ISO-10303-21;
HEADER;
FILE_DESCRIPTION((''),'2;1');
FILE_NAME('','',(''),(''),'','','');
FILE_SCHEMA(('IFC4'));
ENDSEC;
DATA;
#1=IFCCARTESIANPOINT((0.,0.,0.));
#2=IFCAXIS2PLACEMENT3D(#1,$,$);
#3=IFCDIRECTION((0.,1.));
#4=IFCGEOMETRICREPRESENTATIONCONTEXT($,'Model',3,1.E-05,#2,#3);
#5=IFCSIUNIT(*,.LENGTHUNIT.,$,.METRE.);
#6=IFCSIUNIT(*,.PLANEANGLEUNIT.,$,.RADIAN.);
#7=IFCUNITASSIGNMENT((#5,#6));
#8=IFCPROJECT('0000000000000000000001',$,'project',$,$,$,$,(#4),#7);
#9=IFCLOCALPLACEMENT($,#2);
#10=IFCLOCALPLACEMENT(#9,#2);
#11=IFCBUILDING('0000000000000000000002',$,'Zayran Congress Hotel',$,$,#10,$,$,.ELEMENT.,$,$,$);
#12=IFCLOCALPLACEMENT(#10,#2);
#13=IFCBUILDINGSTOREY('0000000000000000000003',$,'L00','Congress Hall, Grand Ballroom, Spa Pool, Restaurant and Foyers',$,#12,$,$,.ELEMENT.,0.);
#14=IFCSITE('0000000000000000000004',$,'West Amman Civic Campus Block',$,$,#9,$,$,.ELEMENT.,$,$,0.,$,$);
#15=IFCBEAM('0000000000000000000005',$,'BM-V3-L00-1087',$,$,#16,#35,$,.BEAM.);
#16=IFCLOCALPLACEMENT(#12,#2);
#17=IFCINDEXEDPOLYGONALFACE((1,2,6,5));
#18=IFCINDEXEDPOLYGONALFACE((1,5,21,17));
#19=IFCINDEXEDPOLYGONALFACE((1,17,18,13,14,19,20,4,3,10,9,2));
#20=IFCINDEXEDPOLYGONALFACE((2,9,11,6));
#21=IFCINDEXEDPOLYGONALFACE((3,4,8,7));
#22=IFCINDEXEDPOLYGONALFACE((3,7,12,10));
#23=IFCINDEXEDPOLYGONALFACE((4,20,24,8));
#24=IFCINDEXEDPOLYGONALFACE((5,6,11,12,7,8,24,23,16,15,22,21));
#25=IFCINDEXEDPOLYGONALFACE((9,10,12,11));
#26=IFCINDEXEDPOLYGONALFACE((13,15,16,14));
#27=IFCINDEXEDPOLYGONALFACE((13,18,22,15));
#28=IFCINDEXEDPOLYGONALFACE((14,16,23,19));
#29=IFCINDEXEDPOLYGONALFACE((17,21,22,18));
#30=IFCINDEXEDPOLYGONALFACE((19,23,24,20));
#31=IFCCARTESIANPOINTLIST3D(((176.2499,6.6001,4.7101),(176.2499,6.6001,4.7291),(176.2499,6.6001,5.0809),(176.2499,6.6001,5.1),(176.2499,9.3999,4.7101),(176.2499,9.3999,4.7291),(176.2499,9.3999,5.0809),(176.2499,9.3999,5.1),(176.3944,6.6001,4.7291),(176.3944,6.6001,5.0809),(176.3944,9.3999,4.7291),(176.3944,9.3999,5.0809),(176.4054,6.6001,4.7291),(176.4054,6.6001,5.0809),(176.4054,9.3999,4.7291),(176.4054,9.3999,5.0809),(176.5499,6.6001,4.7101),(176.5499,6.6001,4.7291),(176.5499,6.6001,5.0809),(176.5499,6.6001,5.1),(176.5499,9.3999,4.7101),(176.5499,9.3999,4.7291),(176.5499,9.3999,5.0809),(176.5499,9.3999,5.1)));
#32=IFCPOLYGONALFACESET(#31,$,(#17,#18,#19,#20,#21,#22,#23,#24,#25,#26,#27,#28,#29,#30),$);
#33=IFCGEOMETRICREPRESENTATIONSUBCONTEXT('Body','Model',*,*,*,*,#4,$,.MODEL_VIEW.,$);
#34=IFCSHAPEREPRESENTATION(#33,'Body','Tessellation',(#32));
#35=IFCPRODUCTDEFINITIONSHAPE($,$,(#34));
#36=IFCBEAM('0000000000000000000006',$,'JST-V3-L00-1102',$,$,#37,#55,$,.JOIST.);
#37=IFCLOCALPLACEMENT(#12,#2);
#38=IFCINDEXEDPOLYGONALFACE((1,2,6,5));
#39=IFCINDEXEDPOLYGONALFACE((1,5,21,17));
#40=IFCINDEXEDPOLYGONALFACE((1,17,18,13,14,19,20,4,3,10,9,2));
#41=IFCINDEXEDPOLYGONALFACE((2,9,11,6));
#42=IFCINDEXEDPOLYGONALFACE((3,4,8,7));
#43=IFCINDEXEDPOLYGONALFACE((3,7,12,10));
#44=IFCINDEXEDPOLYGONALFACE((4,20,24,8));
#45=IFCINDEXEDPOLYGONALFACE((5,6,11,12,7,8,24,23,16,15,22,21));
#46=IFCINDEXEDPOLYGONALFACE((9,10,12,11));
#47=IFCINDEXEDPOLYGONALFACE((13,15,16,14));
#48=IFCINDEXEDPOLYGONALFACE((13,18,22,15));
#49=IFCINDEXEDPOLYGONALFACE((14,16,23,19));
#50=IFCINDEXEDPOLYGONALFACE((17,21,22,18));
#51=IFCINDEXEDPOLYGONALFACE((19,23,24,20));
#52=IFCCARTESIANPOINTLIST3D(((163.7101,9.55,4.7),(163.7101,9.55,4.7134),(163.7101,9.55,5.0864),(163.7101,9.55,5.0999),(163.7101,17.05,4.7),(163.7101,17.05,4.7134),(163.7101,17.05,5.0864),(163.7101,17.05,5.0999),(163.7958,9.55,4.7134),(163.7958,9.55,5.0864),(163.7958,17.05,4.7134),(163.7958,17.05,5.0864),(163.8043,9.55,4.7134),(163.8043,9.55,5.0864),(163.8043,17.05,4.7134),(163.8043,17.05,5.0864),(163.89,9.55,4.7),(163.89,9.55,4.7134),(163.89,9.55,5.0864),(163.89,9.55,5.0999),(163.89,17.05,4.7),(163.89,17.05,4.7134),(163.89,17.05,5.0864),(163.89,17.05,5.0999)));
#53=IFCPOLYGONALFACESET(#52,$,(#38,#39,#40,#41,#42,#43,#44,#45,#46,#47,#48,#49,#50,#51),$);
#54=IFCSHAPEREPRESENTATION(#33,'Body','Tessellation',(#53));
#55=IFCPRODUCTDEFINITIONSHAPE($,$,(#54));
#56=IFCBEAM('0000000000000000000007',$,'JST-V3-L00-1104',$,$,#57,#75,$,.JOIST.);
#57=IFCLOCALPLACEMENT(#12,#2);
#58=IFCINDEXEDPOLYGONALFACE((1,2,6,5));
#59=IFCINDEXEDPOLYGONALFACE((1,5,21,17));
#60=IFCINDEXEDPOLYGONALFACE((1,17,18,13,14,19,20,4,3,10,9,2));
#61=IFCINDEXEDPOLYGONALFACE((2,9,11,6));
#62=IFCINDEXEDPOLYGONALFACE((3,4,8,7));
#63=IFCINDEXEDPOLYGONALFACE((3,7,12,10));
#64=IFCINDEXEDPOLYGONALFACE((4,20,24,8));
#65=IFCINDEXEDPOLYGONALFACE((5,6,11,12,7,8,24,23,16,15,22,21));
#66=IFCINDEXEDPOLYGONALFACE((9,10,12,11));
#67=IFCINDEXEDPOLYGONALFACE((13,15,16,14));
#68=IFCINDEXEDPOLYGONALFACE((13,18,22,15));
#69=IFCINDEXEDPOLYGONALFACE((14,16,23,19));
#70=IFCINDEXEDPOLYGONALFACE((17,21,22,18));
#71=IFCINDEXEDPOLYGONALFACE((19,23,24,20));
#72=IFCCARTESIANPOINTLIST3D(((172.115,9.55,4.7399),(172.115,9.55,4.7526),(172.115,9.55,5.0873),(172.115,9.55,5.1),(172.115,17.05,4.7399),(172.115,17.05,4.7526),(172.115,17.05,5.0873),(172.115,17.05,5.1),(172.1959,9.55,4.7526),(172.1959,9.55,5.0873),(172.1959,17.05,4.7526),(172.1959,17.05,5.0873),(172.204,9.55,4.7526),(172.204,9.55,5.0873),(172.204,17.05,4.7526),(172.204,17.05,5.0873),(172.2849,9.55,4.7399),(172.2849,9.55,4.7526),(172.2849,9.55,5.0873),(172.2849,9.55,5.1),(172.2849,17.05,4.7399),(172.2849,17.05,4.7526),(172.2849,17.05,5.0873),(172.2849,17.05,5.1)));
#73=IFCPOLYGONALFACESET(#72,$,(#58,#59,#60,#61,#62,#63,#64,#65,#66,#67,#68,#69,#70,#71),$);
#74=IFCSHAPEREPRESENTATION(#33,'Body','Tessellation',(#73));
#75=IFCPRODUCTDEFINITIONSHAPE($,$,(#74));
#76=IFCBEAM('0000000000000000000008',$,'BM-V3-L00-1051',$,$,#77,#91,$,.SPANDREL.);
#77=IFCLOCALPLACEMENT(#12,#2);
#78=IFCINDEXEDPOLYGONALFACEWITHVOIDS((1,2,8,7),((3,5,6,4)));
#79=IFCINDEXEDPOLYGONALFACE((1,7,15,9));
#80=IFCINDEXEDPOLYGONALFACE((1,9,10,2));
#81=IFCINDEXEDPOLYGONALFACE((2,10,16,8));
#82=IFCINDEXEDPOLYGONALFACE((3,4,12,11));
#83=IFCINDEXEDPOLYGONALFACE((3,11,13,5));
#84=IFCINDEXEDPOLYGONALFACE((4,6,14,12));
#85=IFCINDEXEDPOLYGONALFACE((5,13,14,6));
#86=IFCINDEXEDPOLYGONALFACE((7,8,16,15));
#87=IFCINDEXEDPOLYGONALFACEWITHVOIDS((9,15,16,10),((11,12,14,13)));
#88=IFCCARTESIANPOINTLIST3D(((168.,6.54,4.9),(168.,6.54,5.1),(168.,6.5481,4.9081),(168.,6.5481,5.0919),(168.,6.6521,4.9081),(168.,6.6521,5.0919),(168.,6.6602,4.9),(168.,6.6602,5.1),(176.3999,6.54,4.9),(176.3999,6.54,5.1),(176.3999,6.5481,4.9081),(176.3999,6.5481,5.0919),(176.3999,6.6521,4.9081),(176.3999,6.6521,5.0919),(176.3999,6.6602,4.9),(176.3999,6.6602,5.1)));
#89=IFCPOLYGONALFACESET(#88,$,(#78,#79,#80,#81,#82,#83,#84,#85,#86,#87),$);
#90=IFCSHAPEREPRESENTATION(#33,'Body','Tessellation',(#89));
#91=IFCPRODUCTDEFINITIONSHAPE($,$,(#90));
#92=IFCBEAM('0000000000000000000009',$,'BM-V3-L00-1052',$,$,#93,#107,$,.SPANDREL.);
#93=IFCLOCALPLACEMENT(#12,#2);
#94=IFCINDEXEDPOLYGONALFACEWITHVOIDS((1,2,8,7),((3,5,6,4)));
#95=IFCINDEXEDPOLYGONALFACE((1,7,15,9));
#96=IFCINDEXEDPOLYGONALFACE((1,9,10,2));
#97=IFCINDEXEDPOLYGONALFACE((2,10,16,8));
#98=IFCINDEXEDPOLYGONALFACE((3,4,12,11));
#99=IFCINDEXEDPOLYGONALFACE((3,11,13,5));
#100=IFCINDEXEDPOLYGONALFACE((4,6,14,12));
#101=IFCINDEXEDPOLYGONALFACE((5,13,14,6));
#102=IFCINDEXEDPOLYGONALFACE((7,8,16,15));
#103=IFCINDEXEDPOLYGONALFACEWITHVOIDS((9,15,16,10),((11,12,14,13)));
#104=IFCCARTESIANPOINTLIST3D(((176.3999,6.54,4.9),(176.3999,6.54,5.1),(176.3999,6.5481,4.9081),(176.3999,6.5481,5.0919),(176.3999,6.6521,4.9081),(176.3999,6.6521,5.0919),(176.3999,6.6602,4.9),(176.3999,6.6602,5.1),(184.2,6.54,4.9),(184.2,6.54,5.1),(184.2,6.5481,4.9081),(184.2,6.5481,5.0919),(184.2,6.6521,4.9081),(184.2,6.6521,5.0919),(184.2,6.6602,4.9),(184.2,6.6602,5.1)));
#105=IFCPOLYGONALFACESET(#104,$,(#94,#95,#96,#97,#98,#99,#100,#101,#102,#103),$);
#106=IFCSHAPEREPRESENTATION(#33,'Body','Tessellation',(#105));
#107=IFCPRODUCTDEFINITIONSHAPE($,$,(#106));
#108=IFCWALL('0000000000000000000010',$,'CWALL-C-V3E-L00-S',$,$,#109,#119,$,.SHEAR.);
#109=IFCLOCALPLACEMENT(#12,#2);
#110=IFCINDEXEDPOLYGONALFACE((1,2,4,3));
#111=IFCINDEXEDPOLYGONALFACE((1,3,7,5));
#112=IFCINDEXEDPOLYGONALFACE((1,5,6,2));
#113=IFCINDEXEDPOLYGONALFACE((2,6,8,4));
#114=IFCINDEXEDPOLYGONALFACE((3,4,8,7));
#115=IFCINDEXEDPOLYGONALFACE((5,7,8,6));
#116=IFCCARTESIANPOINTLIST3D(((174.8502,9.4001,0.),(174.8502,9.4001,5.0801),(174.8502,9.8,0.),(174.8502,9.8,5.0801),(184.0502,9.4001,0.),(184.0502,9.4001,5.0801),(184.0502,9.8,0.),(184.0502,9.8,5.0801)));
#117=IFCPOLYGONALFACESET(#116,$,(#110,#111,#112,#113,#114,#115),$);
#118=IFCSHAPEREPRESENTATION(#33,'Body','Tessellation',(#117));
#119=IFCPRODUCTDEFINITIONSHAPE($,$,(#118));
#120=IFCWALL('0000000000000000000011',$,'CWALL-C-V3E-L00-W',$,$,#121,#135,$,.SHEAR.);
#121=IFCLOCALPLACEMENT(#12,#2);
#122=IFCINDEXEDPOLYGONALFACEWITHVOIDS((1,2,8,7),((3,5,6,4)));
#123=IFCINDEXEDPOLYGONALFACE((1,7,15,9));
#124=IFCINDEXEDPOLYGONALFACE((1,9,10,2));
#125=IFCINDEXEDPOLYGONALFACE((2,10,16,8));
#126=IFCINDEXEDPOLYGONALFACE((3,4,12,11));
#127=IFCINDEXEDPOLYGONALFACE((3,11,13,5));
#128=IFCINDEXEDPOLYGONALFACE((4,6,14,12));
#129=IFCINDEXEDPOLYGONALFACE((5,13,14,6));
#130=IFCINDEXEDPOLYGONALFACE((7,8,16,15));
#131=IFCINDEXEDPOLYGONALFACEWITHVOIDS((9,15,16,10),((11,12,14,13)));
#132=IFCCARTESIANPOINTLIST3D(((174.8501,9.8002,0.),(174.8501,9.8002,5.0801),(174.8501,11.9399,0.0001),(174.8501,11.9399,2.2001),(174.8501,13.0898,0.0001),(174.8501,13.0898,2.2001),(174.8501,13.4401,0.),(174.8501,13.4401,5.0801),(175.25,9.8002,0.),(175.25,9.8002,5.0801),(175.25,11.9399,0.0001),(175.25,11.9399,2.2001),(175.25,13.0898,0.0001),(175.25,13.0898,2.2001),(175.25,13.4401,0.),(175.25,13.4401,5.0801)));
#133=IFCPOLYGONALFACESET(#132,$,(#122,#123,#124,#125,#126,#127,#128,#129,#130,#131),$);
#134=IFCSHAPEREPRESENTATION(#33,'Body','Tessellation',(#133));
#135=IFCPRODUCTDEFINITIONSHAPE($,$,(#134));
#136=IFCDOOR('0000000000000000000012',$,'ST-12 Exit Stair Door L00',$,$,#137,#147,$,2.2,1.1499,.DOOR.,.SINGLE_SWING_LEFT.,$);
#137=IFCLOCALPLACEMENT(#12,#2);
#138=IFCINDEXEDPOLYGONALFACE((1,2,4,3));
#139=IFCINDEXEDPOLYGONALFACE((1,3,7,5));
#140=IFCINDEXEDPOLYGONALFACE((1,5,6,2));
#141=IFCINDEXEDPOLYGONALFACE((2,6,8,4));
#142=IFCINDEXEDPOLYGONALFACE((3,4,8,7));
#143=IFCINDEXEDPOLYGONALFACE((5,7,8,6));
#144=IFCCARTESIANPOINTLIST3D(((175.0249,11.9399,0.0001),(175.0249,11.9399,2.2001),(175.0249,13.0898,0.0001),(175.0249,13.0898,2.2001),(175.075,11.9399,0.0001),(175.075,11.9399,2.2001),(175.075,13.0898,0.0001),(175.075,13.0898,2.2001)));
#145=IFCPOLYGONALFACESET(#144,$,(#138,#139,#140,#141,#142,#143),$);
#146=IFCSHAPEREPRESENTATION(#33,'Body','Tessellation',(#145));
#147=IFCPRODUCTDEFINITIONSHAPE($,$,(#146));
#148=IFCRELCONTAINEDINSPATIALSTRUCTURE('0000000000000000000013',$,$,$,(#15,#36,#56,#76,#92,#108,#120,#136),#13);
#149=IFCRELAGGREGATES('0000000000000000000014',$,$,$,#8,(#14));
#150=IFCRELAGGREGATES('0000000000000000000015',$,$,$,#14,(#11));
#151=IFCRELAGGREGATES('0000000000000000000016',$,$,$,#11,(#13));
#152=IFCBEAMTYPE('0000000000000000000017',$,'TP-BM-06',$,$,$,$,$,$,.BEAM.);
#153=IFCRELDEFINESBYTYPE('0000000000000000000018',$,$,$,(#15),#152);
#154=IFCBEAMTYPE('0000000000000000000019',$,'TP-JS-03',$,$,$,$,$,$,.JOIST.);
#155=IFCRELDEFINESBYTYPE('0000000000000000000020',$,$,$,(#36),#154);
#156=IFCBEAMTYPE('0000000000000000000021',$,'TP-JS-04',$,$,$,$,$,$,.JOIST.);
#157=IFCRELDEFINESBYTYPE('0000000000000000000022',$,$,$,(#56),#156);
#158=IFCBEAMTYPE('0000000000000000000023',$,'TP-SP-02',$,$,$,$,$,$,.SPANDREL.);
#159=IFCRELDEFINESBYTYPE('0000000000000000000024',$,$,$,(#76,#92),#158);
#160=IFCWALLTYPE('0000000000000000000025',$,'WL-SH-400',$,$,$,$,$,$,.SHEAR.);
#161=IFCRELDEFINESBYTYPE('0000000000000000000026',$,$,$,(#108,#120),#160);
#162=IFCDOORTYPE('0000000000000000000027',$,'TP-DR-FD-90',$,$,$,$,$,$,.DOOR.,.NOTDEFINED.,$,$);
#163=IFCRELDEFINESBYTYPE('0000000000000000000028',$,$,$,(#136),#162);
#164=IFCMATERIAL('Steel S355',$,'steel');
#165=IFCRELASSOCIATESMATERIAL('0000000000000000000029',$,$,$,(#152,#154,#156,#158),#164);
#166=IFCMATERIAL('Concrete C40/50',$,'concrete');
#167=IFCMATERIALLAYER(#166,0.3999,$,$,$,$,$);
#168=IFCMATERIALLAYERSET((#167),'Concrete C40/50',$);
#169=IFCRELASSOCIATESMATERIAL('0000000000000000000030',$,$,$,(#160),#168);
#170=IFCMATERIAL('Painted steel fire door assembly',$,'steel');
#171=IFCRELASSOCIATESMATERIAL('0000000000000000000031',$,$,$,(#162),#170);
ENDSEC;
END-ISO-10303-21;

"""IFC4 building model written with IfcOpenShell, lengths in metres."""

from ifc_helpers import new_model, si_unit, direction, frame, frame_2d, origin, origin_2d, place, context, subcontext, project, spatial, rectangle, hollow_rectangle, i_section, extrude, material, layer, layer_set, material_profile, profile_set, type_object, element, fill, save


model = new_model("IFC4")

# Units and contexts
model_context = context("Model", 3, precision=1e-05, world=origin(), true_north=direction((0.0, 1.0)))
body_context = subcontext(model_context, "Body", "Model", "MODEL_VIEW")
ifc_project = project(units=[si_unit("LENGTHUNIT", "METRE"), si_unit("PLANEANGLEUNIT", "RADIAN")], contexts=[model_context])

# Site, building, storey
site_placement = place(None, origin())
site = spatial("IfcSite", under=ifc_project, at=site_placement, Name="West Amman Civic Campus Block", CompositionType="ELEMENT", RefElevation=0.0)
building_placement = place(site_placement, origin())
building = spatial("IfcBuilding", under=site, at=building_placement, Name="Zayran Congress Hotel", CompositionType="ELEMENT")
storey_placement = place(building_placement, origin())
storey = spatial("IfcBuildingStorey", under=building, at=storey_placement, Name="L00", Description="Congress Hall, Grand Ballroom, Spa Pool, Restaurant and Foyers", CompositionType="ELEMENT", Elevation=0.0)

# Shared definitions
ifc_material_1 = material(Name="Concrete C40/50", Category="concrete")

# Beams
ifc_material_2 = material(Name="Steel S355", Category="steel")
ifc_material_profile_1 = material_profile(ifc_material_2, i_section(OverallWidth=0.3, OverallDepth=0.3899, WebThickness=0.011, FlangeThickness=0.019, at=origin_2d()), Name="HEA 400")
ifc_profile_set_1 = profile_set([ifc_material_profile_1], Name="Steel S355")
beam_type_1 = type_object("IfcBeamType", Name="TP-BM-06", PredefinedType="BEAM", material=ifc_profile_set_1)
beam_1_placement = place(storey_placement, frame((176.3999, 6.6001, 4.905), z_axis=(0.0, 1.0, 0.0), x_axis=(-1.0, 0.0, 0.0)))
element("IfcBeam", 1, at=beam_1_placement, inside=storey, type_object=beam_type_1, Name="BM-V3-L00-1087", PredefinedType="BEAM", context=body_context, shape_type="SweptSolid", body=[
    extrude(i_section(OverallWidth=0.3, OverallDepth=0.3899, WebThickness=0.011, FlangeThickness=0.019, at=origin_2d()), origin(), (0.0, 0.0, 1.0), 2.7998),
])
ifc_material_profile_2 = material_profile(ifc_material_2, i_section(OverallWidth=0.1799, OverallDepth=0.3999, WebThickness=0.0085, FlangeThickness=0.0134, at=origin_2d()), Name="IPE 400")
ifc_profile_set_2 = profile_set([ifc_material_profile_2], Name="Steel S355")
beam_type_2 = type_object("IfcBeamType", Name="TP-JS-03", PredefinedType="JOIST", material=ifc_profile_set_2)
beam_2_placement = place(storey_placement, frame((163.8, 9.55, 4.8999), z_axis=(0.0, 1.0, 0.0), x_axis=(-1.0, 0.0, 0.0)))
element("IfcBeam", 2, at=beam_2_placement, inside=storey, type_object=beam_type_2, Name="JST-V3-L00-1102", PredefinedType="JOIST", context=body_context, shape_type="SweptSolid", body=[
    extrude(i_section(OverallWidth=0.1799, OverallDepth=0.3999, WebThickness=0.0085, FlangeThickness=0.0134, at=origin_2d()), origin(), (0.0, 0.0, 1.0), 7.5),
])
ifc_material_profile_3 = material_profile(ifc_material_2, i_section(OverallWidth=0.1699, OverallDepth=0.3601, WebThickness=0.0081, FlangeThickness=0.0127, at=origin_2d()), Name="IPE 360")
ifc_profile_set_3 = profile_set([ifc_material_profile_3], Name="Steel S355")
beam_type_3 = type_object("IfcBeamType", Name="TP-JS-04", PredefinedType="JOIST", material=ifc_profile_set_3)
beam_3_placement = place(storey_placement, frame((172.2, 9.55, 4.9199), z_axis=(0.0, 1.0, 0.0), x_axis=(-1.0, 0.0, 0.0)))
element("IfcBeam", 3, at=beam_3_placement, inside=storey, type_object=beam_type_3, Name="JST-V3-L00-1104", PredefinedType="JOIST", context=body_context, shape_type="SweptSolid", body=[
    extrude(i_section(OverallWidth=0.1699, OverallDepth=0.3601, WebThickness=0.0081, FlangeThickness=0.0127, at=origin_2d()), origin(), (0.0, 0.0, 1.0), 7.5),
])
ifc_material_profile_4 = material_profile(ifc_material_2, hollow_rectangle(XDim=0.1201, YDim=0.2, WallThickness=0.0081, at=origin_2d()), Name="RHS 200x120x8")
ifc_profile_set_4 = profile_set([ifc_material_profile_4], Name="Steel S355")
beam_type_4 = type_object("IfcBeamType", Name="TP-SP-02", PredefinedType="SPANDREL", material=ifc_profile_set_4)
beam_4_placement = place(storey_placement, frame((168.0, 6.6001, 5.0), z_axis=(1.0, 0.0, 0.0), x_axis=(0.0, 1.0, 0.0)))
element("IfcBeam", 4, at=beam_4_placement, inside=storey, type_object=beam_type_4, Name="BM-V3-L00-1051", PredefinedType="SPANDREL", context=body_context, shape_type="SweptSolid", body=[
    extrude(hollow_rectangle(XDim=0.1201, YDim=0.2, WallThickness=0.0081, at=origin_2d()), origin(), (0.0, 0.0, 1.0), 8.3999),
])
beam_5_placement = place(storey_placement, frame((176.3999, 6.6001, 5.0), z_axis=(1.0, 0.0, 0.0), x_axis=(0.0, 1.0, 0.0)))
element("IfcBeam", 5, at=beam_5_placement, inside=storey, type_object=beam_type_4, Name="BM-V3-L00-1052", PredefinedType="SPANDREL", context=body_context, shape_type="SweptSolid", body=[
    extrude(hollow_rectangle(XDim=0.1201, YDim=0.2, WallThickness=0.0081, at=origin_2d()), origin(), (0.0, 0.0, 1.0), 7.8),
])

# Wall
ifc_layer_1 = layer(ifc_material_1, 0.3999)
ifc_layer_set_1 = layer_set([ifc_layer_1], Name="Concrete C40/50")
wall_type_1 = type_object("IfcWallType", Name="WL-SH-400", PredefinedType="SHEAR", material=ifc_layer_set_1)
wall_1_placement = place(storey_placement, frame((174.8501, 9.6001, 0.0), z_axis=(0.0, 0.0, 1.0), x_axis=(1.0, 0.0, 0.0)))
element("IfcWall", 6, at=wall_1_placement, inside=storey, type_object=wall_type_1, Name="CWALL-C-V3E-L00-S", PredefinedType="SHEAR", context=body_context, shape_type="SweptSolid", body=[
    extrude(rectangle(XDim=9.2, YDim=0.3999, at=frame_2d((4.6001, 0.0))), origin(), (0.0, 0.0, 1.0), 5.0801),
])

# Wall, opening, door
wall_2_placement = place(storey_placement, frame((175.05, 13.4399, 0.0), z_axis=(0.0, 0.0, 1.0), x_axis=(0.0, -1.0, 0.0)))
wall_2 = element("IfcWall", 7, at=wall_2_placement, inside=storey, type_object=wall_type_1, Name="CWALL-C-V3E-L00-W", PredefinedType="SHEAR", context=body_context, shape_type="SweptSolid", body=[
    extrude(rectangle(XDim=3.6399, YDim=0.3999, at=frame_2d((1.8198, 0.0))), origin(), (0.0, 0.0, 1.0), 5.0801),
])
opening_1_placement = place(wall_2_placement, frame((0.3501, 0.0, 0.0)))
opening_1 = element("IfcOpeningElement", 8, at=opening_1_placement, cuts=wall_2, PredefinedType="OPENING", context=body_context, shape_type="SweptSolid", body=[
    extrude(rectangle(XDim=1.1499, YDim=2.2, at=frame_2d((0.575, 1.1001))), frame((0.0, 0.21, 0.0), z_axis=(0.0, -1.0, 0.0), x_axis=(1.0, 0.0, 0.0)), (0.0, 0.0, 1.0), 0.4199),
])
ifc_material_3 = material(Name="Painted steel fire door assembly", Category="steel")
door_type_1 = type_object("IfcDoorType", Name="TP-DR-FD-90", OperationType="NOTDEFINED", PredefinedType="DOOR", material=ifc_material_3)
door_1_placement = place(opening_1_placement, origin())
door_1 = element("IfcDoor", 9, at=door_1_placement, inside=storey, type_object=door_type_1, Name="ST-12 Exit Stair Door L00", OperationType="SINGLE_SWING_LEFT", OverallHeight=2.2, OverallWidth=1.1499, PredefinedType="DOOR", context=body_context, shape_type="SweptSolid", body=[
    extrude(rectangle(XDim=1.1499, YDim=2.2, at=frame_2d((0.575, 1.1001))), frame((0.0, 0.0249, 0.0), z_axis=(0.0, -1.0, 0.0), x_axis=(1.0, 0.0, 0.0)), (0.0, 0.0, 1.0), 0.05),
])
fill(opening_1, door_1)

save(model, "model.ifc")
